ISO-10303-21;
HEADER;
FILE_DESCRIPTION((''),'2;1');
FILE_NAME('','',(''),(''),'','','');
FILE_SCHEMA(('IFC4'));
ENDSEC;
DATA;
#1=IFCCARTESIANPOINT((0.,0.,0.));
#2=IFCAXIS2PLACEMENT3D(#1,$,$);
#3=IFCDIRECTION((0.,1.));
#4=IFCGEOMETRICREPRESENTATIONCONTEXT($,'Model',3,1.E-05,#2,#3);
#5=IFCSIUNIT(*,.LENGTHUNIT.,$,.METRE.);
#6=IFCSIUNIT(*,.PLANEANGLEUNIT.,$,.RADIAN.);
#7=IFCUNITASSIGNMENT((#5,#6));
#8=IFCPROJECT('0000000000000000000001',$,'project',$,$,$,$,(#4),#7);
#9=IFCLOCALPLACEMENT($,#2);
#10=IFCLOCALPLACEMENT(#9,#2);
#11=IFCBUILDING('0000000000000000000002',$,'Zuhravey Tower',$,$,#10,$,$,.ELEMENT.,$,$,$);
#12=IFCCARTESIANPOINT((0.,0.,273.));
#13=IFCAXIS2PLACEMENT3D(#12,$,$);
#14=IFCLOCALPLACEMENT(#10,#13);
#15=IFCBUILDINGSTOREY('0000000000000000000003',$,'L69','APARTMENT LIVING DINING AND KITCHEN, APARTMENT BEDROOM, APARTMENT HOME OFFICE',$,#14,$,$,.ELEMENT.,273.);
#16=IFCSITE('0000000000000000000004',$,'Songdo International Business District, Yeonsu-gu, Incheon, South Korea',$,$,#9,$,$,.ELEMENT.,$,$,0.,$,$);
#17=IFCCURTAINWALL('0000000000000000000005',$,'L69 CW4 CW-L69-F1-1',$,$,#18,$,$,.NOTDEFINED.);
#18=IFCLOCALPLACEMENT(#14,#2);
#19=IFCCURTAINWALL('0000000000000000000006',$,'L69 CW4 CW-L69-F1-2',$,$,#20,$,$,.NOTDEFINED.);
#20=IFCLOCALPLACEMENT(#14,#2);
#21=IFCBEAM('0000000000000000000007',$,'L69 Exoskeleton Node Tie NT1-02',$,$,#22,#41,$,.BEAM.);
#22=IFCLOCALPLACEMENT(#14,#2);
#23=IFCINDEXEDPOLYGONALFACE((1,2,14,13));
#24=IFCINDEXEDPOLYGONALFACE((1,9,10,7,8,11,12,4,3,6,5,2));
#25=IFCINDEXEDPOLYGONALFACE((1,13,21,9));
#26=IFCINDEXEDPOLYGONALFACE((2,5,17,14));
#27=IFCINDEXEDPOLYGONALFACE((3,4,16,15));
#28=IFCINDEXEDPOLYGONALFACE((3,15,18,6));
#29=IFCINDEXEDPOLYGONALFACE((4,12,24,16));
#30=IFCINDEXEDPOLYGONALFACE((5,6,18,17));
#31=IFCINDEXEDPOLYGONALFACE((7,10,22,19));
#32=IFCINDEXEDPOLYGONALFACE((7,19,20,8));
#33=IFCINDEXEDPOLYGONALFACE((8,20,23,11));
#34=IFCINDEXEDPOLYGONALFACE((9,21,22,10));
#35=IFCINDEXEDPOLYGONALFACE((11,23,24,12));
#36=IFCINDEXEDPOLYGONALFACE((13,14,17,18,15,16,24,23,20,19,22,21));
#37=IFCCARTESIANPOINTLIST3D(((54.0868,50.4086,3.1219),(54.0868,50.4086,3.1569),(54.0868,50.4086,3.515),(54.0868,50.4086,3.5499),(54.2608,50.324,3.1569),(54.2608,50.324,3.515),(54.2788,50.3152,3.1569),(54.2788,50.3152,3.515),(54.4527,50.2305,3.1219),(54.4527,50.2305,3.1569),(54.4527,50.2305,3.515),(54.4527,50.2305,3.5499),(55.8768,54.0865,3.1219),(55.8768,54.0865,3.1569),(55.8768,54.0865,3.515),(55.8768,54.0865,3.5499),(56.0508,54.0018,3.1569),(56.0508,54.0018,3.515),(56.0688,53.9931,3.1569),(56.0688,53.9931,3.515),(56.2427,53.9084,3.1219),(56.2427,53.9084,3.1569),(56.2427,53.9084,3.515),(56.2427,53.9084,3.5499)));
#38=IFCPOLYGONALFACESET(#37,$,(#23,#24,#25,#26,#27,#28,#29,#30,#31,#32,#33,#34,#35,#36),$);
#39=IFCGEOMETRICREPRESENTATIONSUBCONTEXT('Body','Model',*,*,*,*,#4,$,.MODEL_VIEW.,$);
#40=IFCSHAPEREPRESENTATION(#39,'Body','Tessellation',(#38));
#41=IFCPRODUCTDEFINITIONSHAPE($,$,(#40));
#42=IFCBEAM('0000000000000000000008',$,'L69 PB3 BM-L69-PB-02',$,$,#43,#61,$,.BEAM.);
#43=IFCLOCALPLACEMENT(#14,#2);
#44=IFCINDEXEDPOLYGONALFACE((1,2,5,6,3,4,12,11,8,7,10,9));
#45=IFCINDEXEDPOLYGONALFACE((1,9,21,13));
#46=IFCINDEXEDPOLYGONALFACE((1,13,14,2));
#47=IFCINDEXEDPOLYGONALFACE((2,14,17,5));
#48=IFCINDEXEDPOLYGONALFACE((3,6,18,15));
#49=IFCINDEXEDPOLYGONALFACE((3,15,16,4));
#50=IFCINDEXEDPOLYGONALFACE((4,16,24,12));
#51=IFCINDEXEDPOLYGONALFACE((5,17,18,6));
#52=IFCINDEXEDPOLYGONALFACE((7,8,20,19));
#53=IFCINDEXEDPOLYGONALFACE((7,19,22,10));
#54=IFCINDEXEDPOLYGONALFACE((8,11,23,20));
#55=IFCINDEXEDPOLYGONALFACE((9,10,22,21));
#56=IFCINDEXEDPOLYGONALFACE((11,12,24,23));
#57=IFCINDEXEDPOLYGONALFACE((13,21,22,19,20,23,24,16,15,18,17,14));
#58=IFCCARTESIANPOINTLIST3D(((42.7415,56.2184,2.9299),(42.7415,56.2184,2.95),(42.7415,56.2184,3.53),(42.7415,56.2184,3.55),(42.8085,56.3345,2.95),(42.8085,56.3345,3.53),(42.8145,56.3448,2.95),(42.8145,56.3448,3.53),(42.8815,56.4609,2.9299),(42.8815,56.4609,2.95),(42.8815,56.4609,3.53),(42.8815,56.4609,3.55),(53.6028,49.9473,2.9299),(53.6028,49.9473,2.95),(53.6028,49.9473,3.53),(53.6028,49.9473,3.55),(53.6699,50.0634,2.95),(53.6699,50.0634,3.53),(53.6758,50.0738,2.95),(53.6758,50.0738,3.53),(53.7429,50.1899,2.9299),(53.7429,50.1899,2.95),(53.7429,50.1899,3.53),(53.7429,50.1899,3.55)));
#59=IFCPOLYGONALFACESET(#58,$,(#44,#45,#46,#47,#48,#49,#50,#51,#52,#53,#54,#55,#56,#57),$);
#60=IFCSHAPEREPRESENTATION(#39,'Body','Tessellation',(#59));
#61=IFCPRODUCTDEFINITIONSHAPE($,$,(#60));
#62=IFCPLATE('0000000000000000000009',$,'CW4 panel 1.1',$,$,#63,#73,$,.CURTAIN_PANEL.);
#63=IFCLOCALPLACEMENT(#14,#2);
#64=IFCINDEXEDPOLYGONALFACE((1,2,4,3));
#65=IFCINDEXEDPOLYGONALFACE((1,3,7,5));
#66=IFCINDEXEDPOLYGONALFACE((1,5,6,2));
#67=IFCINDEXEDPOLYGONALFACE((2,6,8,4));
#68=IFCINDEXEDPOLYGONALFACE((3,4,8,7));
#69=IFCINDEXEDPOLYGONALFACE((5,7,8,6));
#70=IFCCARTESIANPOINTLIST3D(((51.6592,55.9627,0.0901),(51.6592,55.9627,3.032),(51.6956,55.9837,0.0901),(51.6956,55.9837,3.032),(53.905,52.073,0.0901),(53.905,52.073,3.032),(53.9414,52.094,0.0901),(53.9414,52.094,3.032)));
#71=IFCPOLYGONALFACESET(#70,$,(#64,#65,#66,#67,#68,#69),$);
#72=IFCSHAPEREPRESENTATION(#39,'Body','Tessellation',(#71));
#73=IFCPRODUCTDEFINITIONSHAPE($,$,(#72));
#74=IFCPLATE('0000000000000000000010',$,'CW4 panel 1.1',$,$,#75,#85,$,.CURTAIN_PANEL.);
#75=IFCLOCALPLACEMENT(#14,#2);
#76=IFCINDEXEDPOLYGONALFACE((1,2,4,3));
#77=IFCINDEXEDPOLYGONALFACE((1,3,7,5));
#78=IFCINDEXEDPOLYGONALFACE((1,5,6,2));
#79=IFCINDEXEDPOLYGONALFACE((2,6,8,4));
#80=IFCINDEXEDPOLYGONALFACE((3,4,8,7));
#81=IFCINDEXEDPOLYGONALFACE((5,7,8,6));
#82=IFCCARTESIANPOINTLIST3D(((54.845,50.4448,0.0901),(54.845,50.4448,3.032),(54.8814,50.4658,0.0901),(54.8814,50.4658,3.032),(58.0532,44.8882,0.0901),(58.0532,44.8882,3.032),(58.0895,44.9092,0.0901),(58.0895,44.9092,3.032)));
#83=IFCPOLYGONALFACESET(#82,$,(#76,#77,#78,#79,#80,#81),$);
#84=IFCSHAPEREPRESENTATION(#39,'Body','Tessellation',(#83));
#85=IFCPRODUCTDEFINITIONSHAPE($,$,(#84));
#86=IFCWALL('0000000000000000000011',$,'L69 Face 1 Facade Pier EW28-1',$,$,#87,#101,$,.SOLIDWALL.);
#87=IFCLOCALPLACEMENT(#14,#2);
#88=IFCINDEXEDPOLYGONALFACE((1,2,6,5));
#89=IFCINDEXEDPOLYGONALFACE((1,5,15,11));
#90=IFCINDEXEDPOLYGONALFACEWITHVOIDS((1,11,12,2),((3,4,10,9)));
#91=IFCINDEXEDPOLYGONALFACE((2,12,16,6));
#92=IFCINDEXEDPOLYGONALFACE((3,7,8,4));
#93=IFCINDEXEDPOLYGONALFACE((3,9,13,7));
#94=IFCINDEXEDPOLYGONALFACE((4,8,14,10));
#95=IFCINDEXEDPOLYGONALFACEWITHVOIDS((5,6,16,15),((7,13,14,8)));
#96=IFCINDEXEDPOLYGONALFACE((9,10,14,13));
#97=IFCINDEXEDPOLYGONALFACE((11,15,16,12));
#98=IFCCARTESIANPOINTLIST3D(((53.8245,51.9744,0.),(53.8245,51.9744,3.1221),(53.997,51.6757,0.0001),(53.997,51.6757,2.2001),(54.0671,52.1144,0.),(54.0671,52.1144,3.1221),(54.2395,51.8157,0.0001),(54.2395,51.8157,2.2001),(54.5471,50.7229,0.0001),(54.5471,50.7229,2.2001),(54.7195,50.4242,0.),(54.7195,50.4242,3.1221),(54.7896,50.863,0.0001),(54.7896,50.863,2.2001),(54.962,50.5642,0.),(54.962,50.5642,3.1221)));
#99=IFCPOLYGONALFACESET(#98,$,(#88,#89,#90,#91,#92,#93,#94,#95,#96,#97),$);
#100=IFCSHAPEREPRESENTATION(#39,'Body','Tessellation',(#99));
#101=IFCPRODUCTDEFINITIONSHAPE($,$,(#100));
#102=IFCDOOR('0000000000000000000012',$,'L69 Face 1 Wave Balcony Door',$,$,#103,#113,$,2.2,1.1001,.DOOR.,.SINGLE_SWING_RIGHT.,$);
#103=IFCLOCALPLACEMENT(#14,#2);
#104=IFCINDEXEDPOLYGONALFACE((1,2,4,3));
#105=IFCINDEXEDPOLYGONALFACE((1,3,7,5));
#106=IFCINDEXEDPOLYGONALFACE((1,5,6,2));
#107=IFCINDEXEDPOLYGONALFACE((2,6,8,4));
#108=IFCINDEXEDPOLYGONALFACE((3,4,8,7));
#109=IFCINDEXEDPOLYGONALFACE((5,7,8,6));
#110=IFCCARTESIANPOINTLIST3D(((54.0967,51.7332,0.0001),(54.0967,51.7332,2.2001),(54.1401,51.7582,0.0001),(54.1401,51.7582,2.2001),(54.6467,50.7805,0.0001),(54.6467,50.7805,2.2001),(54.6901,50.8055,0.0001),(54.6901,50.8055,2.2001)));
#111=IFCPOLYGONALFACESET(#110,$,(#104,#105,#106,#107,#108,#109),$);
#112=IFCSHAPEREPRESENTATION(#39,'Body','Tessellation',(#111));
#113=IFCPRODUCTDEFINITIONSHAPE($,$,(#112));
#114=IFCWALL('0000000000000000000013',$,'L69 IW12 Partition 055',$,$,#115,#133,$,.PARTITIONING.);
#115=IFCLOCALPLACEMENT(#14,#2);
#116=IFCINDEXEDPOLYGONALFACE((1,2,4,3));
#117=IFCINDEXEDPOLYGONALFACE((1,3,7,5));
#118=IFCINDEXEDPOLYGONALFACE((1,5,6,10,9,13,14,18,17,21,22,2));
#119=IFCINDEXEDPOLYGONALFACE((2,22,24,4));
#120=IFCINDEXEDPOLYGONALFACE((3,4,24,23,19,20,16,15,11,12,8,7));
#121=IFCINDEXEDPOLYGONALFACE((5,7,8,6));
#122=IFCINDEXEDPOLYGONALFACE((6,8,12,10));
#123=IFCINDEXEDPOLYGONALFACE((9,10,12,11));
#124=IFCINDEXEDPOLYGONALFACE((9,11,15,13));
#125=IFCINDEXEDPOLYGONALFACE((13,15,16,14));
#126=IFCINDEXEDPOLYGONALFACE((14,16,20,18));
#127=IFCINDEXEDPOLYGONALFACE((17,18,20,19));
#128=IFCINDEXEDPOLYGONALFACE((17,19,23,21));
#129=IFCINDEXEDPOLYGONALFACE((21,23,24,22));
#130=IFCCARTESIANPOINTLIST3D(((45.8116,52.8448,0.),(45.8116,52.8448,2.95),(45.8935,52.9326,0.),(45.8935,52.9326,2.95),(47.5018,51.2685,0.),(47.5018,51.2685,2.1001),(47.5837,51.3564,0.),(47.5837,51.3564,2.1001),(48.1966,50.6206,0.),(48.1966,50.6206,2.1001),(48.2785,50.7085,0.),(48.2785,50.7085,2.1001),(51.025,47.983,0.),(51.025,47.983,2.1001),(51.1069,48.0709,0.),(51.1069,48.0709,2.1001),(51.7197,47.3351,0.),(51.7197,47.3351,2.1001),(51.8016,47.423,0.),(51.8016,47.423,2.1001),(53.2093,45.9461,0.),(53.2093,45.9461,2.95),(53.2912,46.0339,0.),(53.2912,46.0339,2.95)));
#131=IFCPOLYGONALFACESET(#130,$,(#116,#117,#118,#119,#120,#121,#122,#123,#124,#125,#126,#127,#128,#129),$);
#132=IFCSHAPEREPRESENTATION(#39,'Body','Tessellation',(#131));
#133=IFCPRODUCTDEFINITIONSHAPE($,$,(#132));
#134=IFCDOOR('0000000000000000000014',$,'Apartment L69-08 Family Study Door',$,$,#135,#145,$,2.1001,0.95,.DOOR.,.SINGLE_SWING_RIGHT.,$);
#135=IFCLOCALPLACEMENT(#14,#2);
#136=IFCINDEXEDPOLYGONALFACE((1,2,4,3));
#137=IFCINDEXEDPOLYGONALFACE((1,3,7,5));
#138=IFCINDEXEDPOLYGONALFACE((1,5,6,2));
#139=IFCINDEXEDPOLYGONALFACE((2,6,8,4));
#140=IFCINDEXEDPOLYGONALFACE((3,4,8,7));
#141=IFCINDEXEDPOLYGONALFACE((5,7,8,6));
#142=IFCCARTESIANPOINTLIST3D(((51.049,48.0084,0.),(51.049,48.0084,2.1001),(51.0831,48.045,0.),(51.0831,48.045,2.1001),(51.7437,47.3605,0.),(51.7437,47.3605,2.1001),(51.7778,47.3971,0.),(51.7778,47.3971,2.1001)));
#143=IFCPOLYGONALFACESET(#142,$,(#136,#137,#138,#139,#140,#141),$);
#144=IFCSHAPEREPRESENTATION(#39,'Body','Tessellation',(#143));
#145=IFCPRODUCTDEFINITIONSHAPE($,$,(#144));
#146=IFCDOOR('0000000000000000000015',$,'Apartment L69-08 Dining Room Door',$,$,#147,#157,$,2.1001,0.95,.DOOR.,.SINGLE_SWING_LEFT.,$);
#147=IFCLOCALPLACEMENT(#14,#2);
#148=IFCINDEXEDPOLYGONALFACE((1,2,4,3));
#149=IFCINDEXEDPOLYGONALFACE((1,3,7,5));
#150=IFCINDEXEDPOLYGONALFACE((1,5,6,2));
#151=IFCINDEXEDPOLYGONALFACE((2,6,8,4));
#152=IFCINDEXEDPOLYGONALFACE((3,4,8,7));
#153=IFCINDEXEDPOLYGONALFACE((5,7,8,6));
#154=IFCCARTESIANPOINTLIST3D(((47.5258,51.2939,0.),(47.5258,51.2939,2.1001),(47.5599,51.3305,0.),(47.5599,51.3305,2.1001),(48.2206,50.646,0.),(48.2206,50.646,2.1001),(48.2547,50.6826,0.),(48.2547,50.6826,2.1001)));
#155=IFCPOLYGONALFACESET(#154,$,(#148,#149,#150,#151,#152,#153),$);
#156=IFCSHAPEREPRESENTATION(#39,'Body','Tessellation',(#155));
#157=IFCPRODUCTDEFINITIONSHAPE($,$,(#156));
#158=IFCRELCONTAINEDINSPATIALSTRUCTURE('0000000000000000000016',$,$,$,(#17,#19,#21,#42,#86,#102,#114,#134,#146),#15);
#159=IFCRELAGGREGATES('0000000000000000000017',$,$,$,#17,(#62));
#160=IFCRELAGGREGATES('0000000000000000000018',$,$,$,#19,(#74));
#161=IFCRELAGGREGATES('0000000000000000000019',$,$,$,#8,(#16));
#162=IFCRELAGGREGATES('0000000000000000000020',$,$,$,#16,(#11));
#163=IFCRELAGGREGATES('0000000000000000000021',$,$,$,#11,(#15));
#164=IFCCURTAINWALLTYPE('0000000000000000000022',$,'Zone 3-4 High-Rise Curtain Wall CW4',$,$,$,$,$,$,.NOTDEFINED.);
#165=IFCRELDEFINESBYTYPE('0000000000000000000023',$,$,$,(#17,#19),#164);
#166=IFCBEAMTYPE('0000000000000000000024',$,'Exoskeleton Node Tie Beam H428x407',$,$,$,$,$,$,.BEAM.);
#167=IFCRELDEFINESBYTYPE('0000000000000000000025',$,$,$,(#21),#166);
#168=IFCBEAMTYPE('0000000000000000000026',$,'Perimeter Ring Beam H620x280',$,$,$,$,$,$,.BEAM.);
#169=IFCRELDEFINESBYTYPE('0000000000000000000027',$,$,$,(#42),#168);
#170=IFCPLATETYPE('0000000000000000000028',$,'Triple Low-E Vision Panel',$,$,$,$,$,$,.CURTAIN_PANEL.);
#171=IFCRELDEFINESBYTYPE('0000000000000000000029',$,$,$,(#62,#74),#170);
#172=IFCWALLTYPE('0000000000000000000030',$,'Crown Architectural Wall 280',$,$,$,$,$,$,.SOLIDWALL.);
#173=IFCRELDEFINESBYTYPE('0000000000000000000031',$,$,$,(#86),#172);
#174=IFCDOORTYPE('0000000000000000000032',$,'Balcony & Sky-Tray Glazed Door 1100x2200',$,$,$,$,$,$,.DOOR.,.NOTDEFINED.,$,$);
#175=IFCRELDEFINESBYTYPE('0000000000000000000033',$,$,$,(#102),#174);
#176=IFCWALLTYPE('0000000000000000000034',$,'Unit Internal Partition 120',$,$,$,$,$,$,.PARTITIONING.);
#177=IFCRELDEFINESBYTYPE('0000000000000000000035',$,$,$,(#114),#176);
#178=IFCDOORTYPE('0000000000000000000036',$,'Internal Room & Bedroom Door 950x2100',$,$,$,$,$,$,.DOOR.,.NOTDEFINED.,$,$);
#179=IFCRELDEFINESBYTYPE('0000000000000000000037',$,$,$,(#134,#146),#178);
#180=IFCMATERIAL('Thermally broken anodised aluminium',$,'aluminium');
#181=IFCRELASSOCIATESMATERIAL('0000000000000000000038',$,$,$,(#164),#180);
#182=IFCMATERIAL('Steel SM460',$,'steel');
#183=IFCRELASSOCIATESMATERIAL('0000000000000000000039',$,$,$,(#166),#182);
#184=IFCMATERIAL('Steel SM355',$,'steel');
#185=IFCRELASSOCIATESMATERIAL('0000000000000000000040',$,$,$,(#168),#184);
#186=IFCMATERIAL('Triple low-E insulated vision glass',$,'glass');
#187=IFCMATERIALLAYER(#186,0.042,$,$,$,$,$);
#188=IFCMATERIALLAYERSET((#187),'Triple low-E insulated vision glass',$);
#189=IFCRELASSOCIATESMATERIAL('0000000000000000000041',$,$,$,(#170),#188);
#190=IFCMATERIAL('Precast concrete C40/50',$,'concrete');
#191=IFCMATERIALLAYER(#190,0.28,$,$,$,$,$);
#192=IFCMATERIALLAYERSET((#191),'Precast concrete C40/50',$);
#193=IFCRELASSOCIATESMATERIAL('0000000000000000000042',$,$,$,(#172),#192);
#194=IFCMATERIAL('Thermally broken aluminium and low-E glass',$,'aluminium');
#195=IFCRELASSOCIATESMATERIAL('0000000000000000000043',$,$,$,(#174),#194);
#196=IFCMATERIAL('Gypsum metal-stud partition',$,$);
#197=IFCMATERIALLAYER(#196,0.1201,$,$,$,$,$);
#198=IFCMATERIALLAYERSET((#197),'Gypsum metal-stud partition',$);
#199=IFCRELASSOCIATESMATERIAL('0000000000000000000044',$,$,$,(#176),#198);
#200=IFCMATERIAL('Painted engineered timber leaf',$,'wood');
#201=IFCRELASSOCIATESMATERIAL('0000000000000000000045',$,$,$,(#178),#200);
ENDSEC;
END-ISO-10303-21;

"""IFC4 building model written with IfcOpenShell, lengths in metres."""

from ifc_helpers import new_model, si_unit, direction, frame, frame_2d, origin, origin_2d, place, context, subcontext, project, spatial, rectangle, i_section, extrude, material, layer, layer_set, material_profile, profile_set, type_object, element, fill, aggregate, save


model = new_model("IFC4")

# Units and contexts
model_context = context("Model", 3, precision=1e-05, world=origin(), true_north=direction((0.0, 1.0)))
body_context = subcontext(model_context, "Body", "Model", "MODEL_VIEW")
ifc_project = project(units=[si_unit("LENGTHUNIT", "METRE"), si_unit("PLANEANGLEUNIT", "RADIAN")], contexts=[model_context])

# Site, building, storey
site_placement = place(None, origin())
site = spatial("IfcSite", under=ifc_project, at=site_placement, Name="Songdo International Business District, Yeonsu-gu, Incheon, South Korea", CompositionType="ELEMENT", RefElevation=0.0)
building_placement = place(site_placement, origin())
building = spatial("IfcBuilding", under=site, at=building_placement, Name="Zuhravey Tower", CompositionType="ELEMENT")
storey_placement = place(building_placement, frame((0.0, 0.0, 273.0)))
storey = spatial("IfcBuildingStorey", under=building, at=storey_placement, Name="L69", Description="APARTMENT LIVING DINING AND KITCHEN, APARTMENT BEDROOM, APARTMENT HOME OFFICE", CompositionType="ELEMENT", Elevation=273.0)

# Curtain walls
ifc_material_1 = material(Name="Thermally broken anodised aluminium", Category="aluminium")
curtain_wall_type = type_object("IfcCurtainWallType", Name="Zone 3-4 High-Rise Curtain Wall CW4", PredefinedType="NOTDEFINED", material=ifc_material_1)
curtain_wall_1_placement = place(storey_placement, origin())
curtain_wall_1 = element("IfcCurtainWall", 1, at=curtain_wall_1_placement, inside=storey, type_object=curtain_wall_type, Name="L69 CW4 CW-L69-F1-1", PredefinedType="NOTDEFINED")
curtain_wall_2_placement = place(storey_placement, origin())
curtain_wall_2 = element("IfcCurtainWall", 2, at=curtain_wall_2_placement, inside=storey, type_object=curtain_wall_type, Name="L69 CW4 CW-L69-F1-2", PredefinedType="NOTDEFINED")

# Beams
ifc_material_2 = material(Name="Steel SM460", Category="steel")
ifc_material_profile_1 = material_profile(ifc_material_2, i_section(OverallWidth=0.407, OverallDepth=0.428, WebThickness=0.02, FlangeThickness=0.0349, at=origin_2d()), Name="H-428x407x20x35")
ifc_profile_set_1 = profile_set([ifc_material_profile_1], Name="Steel SM460")
beam_type_1 = type_object("IfcBeamType", Name="Exoskeleton Node Tie Beam H428x407", PredefinedType="BEAM", material=ifc_profile_set_1)
beam_1_placement = place(storey_placement, frame((54.2698, 50.3196, 3.3359), z_axis=(0.437614, 0.899163, 0.0), x_axis=(-0.899163, 0.437614, 0.0)))
element("IfcBeam", 3, at=beam_1_placement, inside=storey, type_object=beam_type_1, Name="L69 Exoskeleton Node Tie NT1-02", PredefinedType="BEAM", context=body_context, shape_type="SweptSolid", body=[
    extrude(i_section(OverallWidth=0.407, OverallDepth=0.428, WebThickness=0.02, FlangeThickness=0.0349, at=origin_2d()), origin(), (0.0, 0.0, 1.0), 4.0903),
])
ifc_material_3 = material(Name="Steel SM355", Category="steel")
ifc_material_profile_2 = material_profile(ifc_material_3, i_section(OverallWidth=0.28, OverallDepth=0.6201, WebThickness=0.012, FlangeThickness=0.02, at=origin_2d()), Name="H-620x280x12x20")
ifc_profile_set_2 = profile_set([ifc_material_profile_2], Name="Steel SM355")
beam_type_2 = type_object("IfcBeamType", Name="Perimeter Ring Beam H620x280", PredefinedType="BEAM", material=ifc_profile_set_2)
beam_2_placement = place(storey_placement, frame((53.6729, 50.0686, 3.24), z_axis=(-0.866018, 0.500012, 0.0), x_axis=(-0.500012, -0.866018, 0.0)))
element("IfcBeam", 4, at=beam_2_placement, inside=storey, type_object=beam_type_2, Name="L69 PB3 BM-L69-PB-02", PredefinedType="BEAM", context=body_context, shape_type="SweptSolid", body=[
    extrude(i_section(OverallWidth=0.28, OverallDepth=0.6201, WebThickness=0.012, FlangeThickness=0.02, at=origin_2d()), origin(), (0.0, 0.0, 1.0), 12.5417),
])

# Plates
ifc_material_4 = material(Name="Triple low-E insulated vision glass", Category="glass")
ifc_layer_1 = layer(ifc_material_4, 0.042)
ifc_layer_set_1 = layer_set([ifc_layer_1], Name="Triple low-E insulated vision glass")
plate_type = type_object("IfcPlateType", Name="Triple Low-E Vision Panel", PredefinedType="CURTAIN_PANEL", material=ifc_layer_set_1)
plate_1_placement = place(storey_placement, frame((52.8003, 54.0283, 0.0901), z_axis=(0.0, 0.0, 1.0), x_axis=(0.500012, -0.866019, 0.0)))
plate_1 = element("IfcPlate", 5, at=plate_1_placement, type_object=plate_type, Name="CW4 panel 1.1", PredefinedType="CURTAIN_PANEL", context=body_context, shape_type="SweptSolid", body=[
    extrude(rectangle(XDim=4.4915, YDim=0.042, at=origin_2d()), origin(), (0.0, 0.0, 1.0), 2.9419),
])
aggregate(curtain_wall_1, [plate_1])
plate_2_placement = place(storey_placement, frame((56.4673, 47.677, 0.0901), z_axis=(0.0, 0.0, 1.0), x_axis=(0.5, -0.866026, 0.0)))
plate_2 = element("IfcPlate", 6, at=plate_2_placement, type_object=plate_type, Name="CW4 panel 1.1", PredefinedType="CURTAIN_PANEL", context=body_context, shape_type="SweptSolid", body=[
    extrude(rectangle(XDim=6.4163, YDim=0.042, at=origin_2d()), origin(), (0.0, 0.0, 1.0), 2.9419),
])
aggregate(curtain_wall_2, [plate_2])

# Wall, opening, door
ifc_material_5 = material(Name="Precast concrete C40/50", Category="concrete")
ifc_layer_2 = layer(ifc_material_5, 0.28)
ifc_layer_set_2 = layer_set([ifc_layer_2], Name="Precast concrete C40/50")
wall_type_1 = type_object("IfcWallType", Name="Crown Architectural Wall 280", PredefinedType="SOLIDWALL", material=ifc_layer_set_2)
wall_1_placement = place(storey_placement, frame((53.9458, 52.0444, 0.0), z_axis=(0.0, 0.0, 1.0), x_axis=(0.499982, -0.866036, 0.0)))
wall_1 = element("IfcWall", 7, at=wall_1_placement, inside=storey, type_object=wall_type_1, Name="L69 Face 1 Facade Pier EW28-1", PredefinedType="SOLIDWALL", context=body_context, shape_type="SweptSolid", body=[
    extrude(rectangle(XDim=1.79, YDim=0.28, at=frame_2d((0.895, 0.0))), origin(), (0.0, 0.0, 1.0), 3.1221),
])
opening_1_placement = place(wall_1_placement, frame((0.345, 0.0, 0.0)))
opening_1 = element("IfcOpeningElement", 8, at=opening_1_placement, cuts=wall_1, PredefinedType="OPENING", context=body_context, shape_type="SweptSolid", body=[
    extrude(rectangle(XDim=1.1001, YDim=2.2, at=frame_2d((0.55, 1.1001))), frame((0.0, 0.1521, 0.0), z_axis=(0.0, -1.0, 0.0), x_axis=(1.0, 0.0, 0.0)), (0.0, 0.0, 1.0), 0.304),
])
ifc_material_6 = material(Name="Thermally broken aluminium and low-E glass", Category="aluminium")
door_type_1 = type_object("IfcDoorType", Name="Balcony & Sky-Tray Glazed Door 1100x2200", OperationType="NOTDEFINED", PredefinedType="DOOR", material=ifc_material_6)
door_1_placement = place(opening_1_placement, frame((1.1001, 0.0, 0.0), z_axis=(0.0, 0.0, 1.0), x_axis=(-1.0, 0.0, 0.0)))
door_1 = element("IfcDoor", 9, at=door_1_placement, inside=storey, type_object=door_type_1, Name="L69 Face 1 Wave Balcony Door", OperationType="SINGLE_SWING_RIGHT", OverallHeight=2.2, OverallWidth=1.1001, PredefinedType="DOOR", context=body_context, shape_type="SweptSolid", body=[
    extrude(rectangle(XDim=1.1001, YDim=2.2, at=frame_2d((0.55, 1.1001))), frame((0.0, 0.0249, 0.0), z_axis=(0.0, -1.0, 0.0), x_axis=(1.0, 0.0, 0.0)), (0.0, 0.0, 1.0), 0.05),
])
fill(opening_1, door_1)

# Wall, openings, doors
ifc_material_7 = material(Name="Gypsum metal-stud partition")
ifc_layer_3 = layer(ifc_material_7, 0.1201)
ifc_layer_set_3 = layer_set([ifc_layer_3], Name="Gypsum metal-stud partition")
wall_type_2 = type_object("IfcWallType", Name="Unit Internal Partition 120", PredefinedType="PARTITIONING", material=ifc_layer_set_3)
wall_2_placement = place(storey_placement, frame((53.2502, 45.99, 0.0), z_axis=(0.0, 0.0, 1.0), x_axis=(-0.731343, 0.682009, 0.0)))
wall_2 = element("IfcWall", 10, at=wall_2_placement, inside=storey, type_object=wall_type_2, Name="L69 IW12 Partition 055", PredefinedType="PARTITIONING", context=body_context, shape_type="SweptSolid", body=[
    extrude(rectangle(XDim=10.1152, YDim=0.1201, at=frame_2d((5.0576, 0.0))), origin(), (0.0, 0.0, 1.0), 2.95),
])
opening_2_placement = place(wall_2_placement, frame((2.0366, 0.0, 0.0)))
opening_2 = element("IfcOpeningElement", 11, at=opening_2_placement, cuts=wall_2, PredefinedType="OPENING", context=body_context, shape_type="SweptSolid", body=[
    extrude(rectangle(XDim=0.95, YDim=2.1001, at=frame_2d((0.4751, 1.05))), frame((0.0, 0.072, 0.0), z_axis=(0.0, -1.0, 0.0), x_axis=(1.0, 0.0, 0.0)), (0.0, 0.0, 1.0), 0.144),
])
opening_3_placement = place(wall_2_placement, frame((6.854, 0.0, 0.0)))
opening_3 = element("IfcOpeningElement", 12, at=opening_3_placement, cuts=wall_2, PredefinedType="OPENING", context=body_context, shape_type="SweptSolid", body=[
    extrude(rectangle(XDim=0.95, YDim=2.1001, at=frame_2d((0.4751, 1.05))), frame((0.0, 0.072, 0.0), z_axis=(0.0, -1.0, 0.0), x_axis=(1.0, 0.0, 0.0)), (0.0, 0.0, 1.0), 0.144),
])
ifc_material_8 = material(Name="Painted engineered timber leaf", Category="wood")
door_type_2 = type_object("IfcDoorType", Name="Internal Room & Bedroom Door 950x2100", OperationType="NOTDEFINED", PredefinedType="DOOR", material=ifc_material_8)
door_2_placement = place(opening_2_placement, frame((0.95, 0.0, 0.0), z_axis=(0.0, 0.0, 1.0), x_axis=(-1.0, 0.0, 0.0)))
door_2 = element("IfcDoor", 13, at=door_2_placement, inside=storey, type_object=door_type_2, Name="Apartment L69-08 Family Study Door", OperationType="SINGLE_SWING_RIGHT", OverallHeight=2.1001, OverallWidth=0.95, PredefinedType="DOOR", context=body_context, shape_type="SweptSolid", body=[
    extrude(rectangle(XDim=0.95, YDim=2.1001, at=frame_2d((0.4751, 1.05))), frame((0.0, 0.0249, 0.0), z_axis=(0.0, -1.0, 0.0), x_axis=(1.0, 0.0, 0.0)), (0.0, 0.0, 1.0), 0.05),
])
fill(opening_2, door_2)
door_3_placement = place(opening_3_placement, frame((0.95, 0.0, 0.0), z_axis=(0.0, 0.0, 1.0), x_axis=(-1.0, 0.0, 0.0)))
door_3 = element("IfcDoor", 14, at=door_3_placement, inside=storey, type_object=door_type_2, Name="Apartment L69-08 Dining Room Door", OperationType="SINGLE_SWING_LEFT", OverallHeight=2.1001, OverallWidth=0.95, PredefinedType="DOOR", context=body_context, shape_type="SweptSolid", body=[
    extrude(rectangle(XDim=0.95, YDim=2.1001, at=frame_2d((0.4751, 1.05))), frame((0.0, 0.0249, 0.0), z_axis=(0.0, -1.0, 0.0), x_axis=(1.0, 0.0, 0.0)), (0.0, 0.0, 1.0), 0.05),
])
fill(opening_3, door_3)

save(model, "model.ifc")
